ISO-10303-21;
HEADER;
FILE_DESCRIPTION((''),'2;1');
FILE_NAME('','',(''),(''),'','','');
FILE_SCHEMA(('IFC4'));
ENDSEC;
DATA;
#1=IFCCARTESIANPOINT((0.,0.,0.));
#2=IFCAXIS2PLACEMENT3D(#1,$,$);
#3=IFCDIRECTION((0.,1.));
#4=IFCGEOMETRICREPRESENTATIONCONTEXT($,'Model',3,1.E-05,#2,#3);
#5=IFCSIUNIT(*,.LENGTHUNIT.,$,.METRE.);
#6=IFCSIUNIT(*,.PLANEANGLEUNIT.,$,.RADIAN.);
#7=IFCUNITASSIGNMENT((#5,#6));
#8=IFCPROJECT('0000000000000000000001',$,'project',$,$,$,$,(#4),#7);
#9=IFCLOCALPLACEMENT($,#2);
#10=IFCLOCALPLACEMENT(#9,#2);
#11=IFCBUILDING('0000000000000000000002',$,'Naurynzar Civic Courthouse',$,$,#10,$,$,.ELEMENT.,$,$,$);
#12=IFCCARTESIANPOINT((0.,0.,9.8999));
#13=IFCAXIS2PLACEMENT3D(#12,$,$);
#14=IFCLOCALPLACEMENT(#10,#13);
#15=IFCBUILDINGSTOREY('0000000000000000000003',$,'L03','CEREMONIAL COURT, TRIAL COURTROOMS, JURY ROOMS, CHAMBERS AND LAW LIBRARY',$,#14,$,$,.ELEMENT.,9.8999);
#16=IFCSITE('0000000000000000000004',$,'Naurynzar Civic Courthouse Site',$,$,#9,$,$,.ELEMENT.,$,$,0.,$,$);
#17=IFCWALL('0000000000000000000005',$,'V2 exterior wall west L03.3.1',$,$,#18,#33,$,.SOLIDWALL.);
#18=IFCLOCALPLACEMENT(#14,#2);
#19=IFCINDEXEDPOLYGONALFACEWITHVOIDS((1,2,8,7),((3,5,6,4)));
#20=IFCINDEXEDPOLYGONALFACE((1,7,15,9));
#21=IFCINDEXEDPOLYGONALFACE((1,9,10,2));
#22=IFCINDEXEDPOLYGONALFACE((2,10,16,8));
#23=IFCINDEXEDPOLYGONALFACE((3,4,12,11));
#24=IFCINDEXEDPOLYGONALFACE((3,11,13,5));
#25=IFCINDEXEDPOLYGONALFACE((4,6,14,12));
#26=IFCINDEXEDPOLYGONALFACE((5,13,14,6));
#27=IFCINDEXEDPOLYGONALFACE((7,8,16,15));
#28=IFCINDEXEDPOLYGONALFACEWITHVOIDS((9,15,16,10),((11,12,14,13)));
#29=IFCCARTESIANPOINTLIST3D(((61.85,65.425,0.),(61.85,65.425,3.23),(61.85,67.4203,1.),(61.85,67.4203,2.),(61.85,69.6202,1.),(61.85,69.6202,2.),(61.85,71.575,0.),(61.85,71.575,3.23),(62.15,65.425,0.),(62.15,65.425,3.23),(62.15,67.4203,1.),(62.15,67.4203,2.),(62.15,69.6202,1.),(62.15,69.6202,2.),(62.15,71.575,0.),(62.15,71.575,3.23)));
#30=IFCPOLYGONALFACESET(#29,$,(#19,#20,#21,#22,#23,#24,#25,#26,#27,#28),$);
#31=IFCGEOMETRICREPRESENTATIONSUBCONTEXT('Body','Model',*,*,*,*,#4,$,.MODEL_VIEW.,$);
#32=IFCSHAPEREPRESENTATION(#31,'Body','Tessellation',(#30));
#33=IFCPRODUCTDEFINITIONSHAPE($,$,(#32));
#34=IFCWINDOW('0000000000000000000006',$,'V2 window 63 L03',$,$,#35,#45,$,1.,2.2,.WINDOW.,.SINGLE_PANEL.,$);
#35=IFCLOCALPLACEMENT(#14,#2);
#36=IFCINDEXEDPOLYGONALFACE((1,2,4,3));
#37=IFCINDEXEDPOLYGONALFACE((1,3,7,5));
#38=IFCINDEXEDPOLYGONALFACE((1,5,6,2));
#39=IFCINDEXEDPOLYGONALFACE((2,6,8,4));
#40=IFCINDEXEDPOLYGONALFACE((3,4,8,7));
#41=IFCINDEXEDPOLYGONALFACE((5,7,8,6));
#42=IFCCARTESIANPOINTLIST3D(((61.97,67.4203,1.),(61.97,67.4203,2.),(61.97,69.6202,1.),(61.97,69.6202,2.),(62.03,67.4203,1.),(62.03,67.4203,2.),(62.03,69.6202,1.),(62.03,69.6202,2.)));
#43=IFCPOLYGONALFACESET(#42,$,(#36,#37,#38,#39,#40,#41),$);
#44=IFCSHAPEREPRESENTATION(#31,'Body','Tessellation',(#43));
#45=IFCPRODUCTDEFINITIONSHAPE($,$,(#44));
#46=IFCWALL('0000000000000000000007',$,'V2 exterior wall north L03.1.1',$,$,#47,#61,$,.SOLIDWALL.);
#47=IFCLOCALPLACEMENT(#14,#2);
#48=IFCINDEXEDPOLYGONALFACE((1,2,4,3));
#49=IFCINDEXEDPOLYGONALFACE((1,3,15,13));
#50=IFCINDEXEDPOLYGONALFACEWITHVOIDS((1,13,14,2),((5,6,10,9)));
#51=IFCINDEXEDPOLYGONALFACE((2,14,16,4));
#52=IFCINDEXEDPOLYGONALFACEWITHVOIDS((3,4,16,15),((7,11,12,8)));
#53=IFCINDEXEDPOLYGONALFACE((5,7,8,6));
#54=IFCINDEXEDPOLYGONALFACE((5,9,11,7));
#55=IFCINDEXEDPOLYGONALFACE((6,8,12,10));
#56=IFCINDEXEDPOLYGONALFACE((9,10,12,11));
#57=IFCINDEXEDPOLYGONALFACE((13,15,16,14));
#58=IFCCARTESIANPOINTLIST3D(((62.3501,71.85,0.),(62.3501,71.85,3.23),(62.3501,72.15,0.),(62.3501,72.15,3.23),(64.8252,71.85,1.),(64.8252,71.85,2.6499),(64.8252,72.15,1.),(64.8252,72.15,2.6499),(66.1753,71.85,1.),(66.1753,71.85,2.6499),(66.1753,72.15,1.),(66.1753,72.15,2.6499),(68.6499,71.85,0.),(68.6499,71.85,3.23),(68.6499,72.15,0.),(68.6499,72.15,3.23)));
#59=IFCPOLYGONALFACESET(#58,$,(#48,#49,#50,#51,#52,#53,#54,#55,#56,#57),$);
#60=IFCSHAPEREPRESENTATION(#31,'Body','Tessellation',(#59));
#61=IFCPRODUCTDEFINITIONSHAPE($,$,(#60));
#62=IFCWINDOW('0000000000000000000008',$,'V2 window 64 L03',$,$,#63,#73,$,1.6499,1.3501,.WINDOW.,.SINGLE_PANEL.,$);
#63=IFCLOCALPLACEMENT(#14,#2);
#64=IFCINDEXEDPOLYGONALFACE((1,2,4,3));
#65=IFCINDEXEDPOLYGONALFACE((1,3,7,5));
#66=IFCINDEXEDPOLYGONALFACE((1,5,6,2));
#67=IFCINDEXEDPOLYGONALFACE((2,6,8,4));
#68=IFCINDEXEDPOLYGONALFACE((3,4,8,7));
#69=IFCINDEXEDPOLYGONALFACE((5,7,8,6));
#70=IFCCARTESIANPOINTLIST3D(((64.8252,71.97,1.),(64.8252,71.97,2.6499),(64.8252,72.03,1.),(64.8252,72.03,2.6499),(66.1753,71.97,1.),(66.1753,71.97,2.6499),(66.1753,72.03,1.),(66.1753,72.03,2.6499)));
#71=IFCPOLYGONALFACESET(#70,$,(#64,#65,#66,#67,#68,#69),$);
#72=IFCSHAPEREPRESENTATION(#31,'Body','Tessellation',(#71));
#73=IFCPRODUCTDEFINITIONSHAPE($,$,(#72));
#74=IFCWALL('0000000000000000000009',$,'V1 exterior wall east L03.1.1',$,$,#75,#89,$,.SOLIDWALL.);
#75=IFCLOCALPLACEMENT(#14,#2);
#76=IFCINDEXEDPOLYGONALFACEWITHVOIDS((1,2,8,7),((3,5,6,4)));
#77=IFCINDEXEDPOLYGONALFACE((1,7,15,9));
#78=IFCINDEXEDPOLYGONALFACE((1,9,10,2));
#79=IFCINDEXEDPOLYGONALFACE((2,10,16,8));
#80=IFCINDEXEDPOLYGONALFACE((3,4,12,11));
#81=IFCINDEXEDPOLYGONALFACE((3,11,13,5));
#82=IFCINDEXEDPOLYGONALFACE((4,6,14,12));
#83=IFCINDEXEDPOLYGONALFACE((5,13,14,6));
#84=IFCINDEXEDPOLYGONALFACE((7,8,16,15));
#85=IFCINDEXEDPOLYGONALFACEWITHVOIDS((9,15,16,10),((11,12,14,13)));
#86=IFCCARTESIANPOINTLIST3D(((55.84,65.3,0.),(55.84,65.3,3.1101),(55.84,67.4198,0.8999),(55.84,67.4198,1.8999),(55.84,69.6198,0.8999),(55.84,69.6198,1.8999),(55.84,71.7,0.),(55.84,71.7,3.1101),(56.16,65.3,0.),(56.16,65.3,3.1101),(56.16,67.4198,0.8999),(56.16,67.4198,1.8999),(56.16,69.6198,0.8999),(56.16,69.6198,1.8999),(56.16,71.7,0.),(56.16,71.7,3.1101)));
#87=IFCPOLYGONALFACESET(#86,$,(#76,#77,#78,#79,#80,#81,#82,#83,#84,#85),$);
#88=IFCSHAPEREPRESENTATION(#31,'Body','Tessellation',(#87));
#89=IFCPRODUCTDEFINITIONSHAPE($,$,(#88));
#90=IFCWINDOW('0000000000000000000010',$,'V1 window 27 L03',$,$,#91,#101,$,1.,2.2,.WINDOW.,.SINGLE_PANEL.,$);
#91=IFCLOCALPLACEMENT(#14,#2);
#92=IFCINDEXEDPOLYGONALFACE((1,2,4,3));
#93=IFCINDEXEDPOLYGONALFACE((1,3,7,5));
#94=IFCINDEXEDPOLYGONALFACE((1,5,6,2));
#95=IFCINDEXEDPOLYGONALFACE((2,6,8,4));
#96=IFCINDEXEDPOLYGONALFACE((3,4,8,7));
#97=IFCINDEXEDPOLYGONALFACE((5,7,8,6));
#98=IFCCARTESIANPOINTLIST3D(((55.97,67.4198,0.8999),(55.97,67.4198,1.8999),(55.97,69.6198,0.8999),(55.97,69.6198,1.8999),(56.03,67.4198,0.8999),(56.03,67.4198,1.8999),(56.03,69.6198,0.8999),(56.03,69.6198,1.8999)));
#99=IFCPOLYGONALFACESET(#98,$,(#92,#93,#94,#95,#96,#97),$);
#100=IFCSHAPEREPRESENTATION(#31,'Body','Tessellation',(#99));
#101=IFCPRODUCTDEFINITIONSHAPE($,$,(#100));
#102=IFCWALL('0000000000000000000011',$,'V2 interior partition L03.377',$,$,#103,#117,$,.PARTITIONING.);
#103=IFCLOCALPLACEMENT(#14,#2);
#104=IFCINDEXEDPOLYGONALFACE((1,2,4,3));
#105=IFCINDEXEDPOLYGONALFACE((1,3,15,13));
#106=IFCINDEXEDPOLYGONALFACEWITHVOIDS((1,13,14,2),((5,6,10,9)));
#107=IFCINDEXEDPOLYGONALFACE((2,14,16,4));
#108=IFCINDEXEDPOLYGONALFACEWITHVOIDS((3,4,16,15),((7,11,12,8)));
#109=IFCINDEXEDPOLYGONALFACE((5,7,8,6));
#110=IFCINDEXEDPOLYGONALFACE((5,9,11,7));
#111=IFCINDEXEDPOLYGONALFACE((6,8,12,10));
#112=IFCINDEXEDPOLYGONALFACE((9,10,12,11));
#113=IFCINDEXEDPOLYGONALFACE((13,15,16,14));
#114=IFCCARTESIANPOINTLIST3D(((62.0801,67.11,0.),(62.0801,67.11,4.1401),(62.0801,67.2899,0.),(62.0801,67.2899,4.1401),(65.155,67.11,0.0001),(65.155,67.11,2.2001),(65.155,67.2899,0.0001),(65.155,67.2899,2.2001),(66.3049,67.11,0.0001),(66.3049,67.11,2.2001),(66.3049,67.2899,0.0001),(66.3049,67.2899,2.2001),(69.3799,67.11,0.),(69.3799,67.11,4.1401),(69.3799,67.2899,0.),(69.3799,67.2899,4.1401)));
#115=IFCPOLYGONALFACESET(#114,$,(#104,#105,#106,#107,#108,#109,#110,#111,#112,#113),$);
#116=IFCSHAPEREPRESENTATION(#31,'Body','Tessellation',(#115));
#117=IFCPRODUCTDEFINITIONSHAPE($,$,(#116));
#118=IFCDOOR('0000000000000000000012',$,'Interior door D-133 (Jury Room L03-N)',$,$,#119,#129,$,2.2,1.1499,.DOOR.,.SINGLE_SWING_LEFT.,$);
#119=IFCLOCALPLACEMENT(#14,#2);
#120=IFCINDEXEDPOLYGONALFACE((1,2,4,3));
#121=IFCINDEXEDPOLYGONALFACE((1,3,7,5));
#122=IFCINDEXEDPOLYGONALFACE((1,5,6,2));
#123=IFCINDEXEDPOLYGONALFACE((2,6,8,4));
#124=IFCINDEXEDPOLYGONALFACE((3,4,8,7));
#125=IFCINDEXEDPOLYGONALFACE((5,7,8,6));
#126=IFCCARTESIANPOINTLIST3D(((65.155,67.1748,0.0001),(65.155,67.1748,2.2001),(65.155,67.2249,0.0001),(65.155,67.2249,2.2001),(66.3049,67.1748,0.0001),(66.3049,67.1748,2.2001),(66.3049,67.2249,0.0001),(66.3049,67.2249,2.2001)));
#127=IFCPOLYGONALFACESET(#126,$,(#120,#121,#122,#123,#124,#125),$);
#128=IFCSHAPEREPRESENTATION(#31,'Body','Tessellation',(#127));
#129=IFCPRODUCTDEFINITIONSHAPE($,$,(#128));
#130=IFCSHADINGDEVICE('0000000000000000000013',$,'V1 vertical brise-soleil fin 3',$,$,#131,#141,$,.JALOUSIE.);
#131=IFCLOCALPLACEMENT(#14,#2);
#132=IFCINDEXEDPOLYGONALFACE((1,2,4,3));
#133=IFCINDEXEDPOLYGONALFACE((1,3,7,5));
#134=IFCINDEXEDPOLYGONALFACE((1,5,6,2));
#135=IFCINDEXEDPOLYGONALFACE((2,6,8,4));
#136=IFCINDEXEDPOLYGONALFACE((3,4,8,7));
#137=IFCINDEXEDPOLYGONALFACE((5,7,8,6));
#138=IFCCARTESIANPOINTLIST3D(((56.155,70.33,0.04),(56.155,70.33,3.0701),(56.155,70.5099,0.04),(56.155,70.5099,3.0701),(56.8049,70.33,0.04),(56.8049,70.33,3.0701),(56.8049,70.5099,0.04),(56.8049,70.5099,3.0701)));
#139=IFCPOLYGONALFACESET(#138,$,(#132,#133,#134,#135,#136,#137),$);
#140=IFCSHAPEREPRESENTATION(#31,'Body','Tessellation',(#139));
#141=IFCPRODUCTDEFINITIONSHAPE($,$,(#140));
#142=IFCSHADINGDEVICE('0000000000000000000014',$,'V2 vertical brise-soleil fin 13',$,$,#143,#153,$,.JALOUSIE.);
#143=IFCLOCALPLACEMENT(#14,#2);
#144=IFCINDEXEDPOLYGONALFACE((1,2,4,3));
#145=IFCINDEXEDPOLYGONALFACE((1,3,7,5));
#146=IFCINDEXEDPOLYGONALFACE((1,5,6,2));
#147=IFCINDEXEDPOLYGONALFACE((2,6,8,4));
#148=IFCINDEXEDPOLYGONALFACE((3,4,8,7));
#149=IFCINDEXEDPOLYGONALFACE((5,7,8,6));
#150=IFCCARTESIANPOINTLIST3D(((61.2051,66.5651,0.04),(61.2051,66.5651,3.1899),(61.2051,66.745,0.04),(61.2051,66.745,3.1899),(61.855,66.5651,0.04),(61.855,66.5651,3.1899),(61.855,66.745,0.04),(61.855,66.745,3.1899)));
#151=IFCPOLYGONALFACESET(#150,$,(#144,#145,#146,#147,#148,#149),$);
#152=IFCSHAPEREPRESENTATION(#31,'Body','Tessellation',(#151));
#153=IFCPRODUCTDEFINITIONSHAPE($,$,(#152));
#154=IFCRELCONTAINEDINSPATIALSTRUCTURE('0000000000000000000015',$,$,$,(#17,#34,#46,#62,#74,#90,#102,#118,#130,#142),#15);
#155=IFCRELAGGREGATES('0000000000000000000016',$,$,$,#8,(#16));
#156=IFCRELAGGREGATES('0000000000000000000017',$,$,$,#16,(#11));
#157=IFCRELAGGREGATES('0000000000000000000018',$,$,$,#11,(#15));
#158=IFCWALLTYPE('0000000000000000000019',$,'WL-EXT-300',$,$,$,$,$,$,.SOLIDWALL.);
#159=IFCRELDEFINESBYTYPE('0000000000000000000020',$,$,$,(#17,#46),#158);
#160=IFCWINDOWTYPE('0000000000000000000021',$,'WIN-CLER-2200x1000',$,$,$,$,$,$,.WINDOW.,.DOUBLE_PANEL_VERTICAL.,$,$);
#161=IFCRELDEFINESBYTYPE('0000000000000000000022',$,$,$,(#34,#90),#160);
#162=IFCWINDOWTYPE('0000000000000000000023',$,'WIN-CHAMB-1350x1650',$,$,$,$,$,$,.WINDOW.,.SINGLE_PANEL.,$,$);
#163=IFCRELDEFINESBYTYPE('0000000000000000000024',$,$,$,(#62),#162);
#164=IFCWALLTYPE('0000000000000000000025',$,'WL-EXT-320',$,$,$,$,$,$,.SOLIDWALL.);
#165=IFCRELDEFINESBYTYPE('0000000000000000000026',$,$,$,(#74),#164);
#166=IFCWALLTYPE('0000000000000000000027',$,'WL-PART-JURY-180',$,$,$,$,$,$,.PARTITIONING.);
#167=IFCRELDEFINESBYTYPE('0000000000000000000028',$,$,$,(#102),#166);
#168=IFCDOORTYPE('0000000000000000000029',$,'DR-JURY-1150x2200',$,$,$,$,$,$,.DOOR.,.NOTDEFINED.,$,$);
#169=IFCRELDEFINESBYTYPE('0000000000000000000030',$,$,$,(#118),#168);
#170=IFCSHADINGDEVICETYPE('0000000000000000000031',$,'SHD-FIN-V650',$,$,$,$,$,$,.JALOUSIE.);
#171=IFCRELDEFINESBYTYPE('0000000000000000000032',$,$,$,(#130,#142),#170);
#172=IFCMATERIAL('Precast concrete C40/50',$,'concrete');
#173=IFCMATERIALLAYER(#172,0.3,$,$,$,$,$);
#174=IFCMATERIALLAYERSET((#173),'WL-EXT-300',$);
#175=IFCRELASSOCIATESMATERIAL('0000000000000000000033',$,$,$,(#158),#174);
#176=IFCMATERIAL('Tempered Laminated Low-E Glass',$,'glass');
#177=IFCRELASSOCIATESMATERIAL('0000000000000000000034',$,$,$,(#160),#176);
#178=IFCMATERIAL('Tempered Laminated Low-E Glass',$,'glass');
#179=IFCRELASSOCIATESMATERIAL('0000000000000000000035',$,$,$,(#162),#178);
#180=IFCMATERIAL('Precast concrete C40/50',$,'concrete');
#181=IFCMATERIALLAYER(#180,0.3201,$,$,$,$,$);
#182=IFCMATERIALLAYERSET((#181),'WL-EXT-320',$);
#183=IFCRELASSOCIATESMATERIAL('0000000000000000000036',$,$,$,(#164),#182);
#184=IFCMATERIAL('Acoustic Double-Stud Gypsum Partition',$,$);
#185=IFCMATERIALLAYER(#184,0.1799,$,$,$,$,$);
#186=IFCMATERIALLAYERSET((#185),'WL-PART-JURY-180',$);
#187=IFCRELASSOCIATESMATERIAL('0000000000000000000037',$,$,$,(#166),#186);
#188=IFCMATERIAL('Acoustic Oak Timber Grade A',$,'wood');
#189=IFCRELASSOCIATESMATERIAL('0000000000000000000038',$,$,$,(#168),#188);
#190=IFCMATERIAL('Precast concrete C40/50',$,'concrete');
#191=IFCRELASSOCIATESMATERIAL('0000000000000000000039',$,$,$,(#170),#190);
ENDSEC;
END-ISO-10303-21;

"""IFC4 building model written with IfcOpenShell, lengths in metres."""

from ifc_helpers import new_model, si_unit, direction, frame, frame_2d, origin, origin_2d, place, context, subcontext, project, spatial, rectangle, extrude, material, layer, layer_set, type_object, element, fill, save


model = new_model("IFC4")

# Units and contexts
model_context = context("Model", 3, precision=1e-05, world=origin(), true_north=direction((0.0, 1.0)))
body_context = subcontext(model_context, "Body", "Model", "MODEL_VIEW")
ifc_project = project(units=[si_unit("LENGTHUNIT", "METRE"), si_unit("PLANEANGLEUNIT", "RADIAN")], contexts=[model_context])

# Site, building, storey
site_placement = place(None, origin())
site = spatial("IfcSite", under=ifc_project, at=site_placement, Name="Naurynzar Civic Courthouse Site", CompositionType="ELEMENT", RefElevation=0.0)
building_placement = place(site_placement, origin())
building = spatial("IfcBuilding", under=site, at=building_placement, Name="Naurynzar Civic Courthouse", CompositionType="ELEMENT")
storey_placement = place(building_placement, frame((0.0, 0.0, 9.8999)))
storey = spatial("IfcBuildingStorey", under=building, at=storey_placement, Name="L03", Description="CEREMONIAL COURT, TRIAL COURTROOMS, JURY ROOMS, CHAMBERS AND LAW LIBRARY", CompositionType="ELEMENT", Elevation=9.8999)

# Walls, openings, windows
ifc_material_1 = material(Name="Precast concrete C40/50", Category="concrete")
ifc_layer_1 = layer(ifc_material_1, 0.3)
ifc_layer_set_1 = layer_set([ifc_layer_1], Name="WL-EXT-300")
wall_type_1 = type_object("IfcWallType", Name="WL-EXT-300", PredefinedType="SOLIDWALL", material=ifc_layer_set_1)
wall_1_placement = place(storey_placement, frame((62.0, 65.425, 0.0), z_axis=(0.0, 0.0, 1.0), x_axis=(0.0, 1.0, 0.0)))
wall_1 = element("IfcWall", 1, at=wall_1_placement, inside=storey, type_object=wall_type_1, Name="V2 exterior wall west L03.3.1", PredefinedType="SOLIDWALL", context=body_context, shape_type="SweptSolid", body=[
    extrude(rectangle(XDim=6.1499, YDim=0.3, at=frame_2d((3.075, 0.0))), origin(), (0.0, 0.0, 1.0), 3.23),
])
opening_1_placement = place(wall_1_placement, frame((1.9951, 0.0, 1.0)))
opening_1 = element("IfcOpeningElement", 2, at=opening_1_placement, cuts=wall_1, PredefinedType="OPENING", context=body_context, shape_type="SweptSolid", body=[
    extrude(rectangle(XDim=2.2, YDim=1.0, at=frame_2d((1.1001, 0.5))), frame((0.0, 0.1599, 0.0), z_axis=(0.0, -1.0, 0.0), x_axis=(1.0, 0.0, 0.0)), (0.0, 0.0, 1.0), 0.3201),
])
ifc_material_2 = material(Name="Tempered Laminated Low-E Glass", Category="glass")
window_type_1 = type_object("IfcWindowType", Name="WIN-CLER-2200x1000", PartitioningType="DOUBLE_PANEL_VERTICAL", PredefinedType="WINDOW", material=ifc_material_2)
window_1_placement = place(opening_1_placement, origin())
window_1 = element("IfcWindow", 3, at=window_1_placement, inside=storey, type_object=window_type_1, Name="V2 window 63 L03", OverallHeight=1.0, OverallWidth=2.2, PartitioningType="SINGLE_PANEL", PredefinedType="WINDOW", context=body_context, shape_type="SweptSolid", body=[
    extrude(rectangle(XDim=2.2, YDim=1.0, at=frame_2d((1.1001, 0.5))), frame((0.0, 0.03, 0.0), z_axis=(0.0, -1.0, 0.0), x_axis=(1.0, 0.0, 0.0)), (0.0, 0.0, 1.0), 0.0601),
])
fill(opening_1, window_1)
wall_2_placement = place(storey_placement, frame((62.3501, 72.0, 0.0), z_axis=(0.0, 0.0, 1.0), x_axis=(1.0, 0.0, 0.0)))
wall_2 = element("IfcWall", 4, at=wall_2_placement, inside=storey, type_object=wall_type_1, Name="V2 exterior wall north L03.1.1", PredefinedType="SOLIDWALL", context=body_context, shape_type="SweptSolid", body=[
    extrude(rectangle(XDim=6.2998, YDim=0.3, at=frame_2d((3.1499, 0.0))), origin(), (0.0, 0.0, 1.0), 3.23),
])
opening_2_placement = place(wall_2_placement, frame((2.4751, 0.0, 1.0)))
opening_2 = element("IfcOpeningElement", 5, at=opening_2_placement, cuts=wall_2, PredefinedType="OPENING", context=body_context, shape_type="SweptSolid", body=[
    extrude(rectangle(XDim=1.3501, YDim=1.6499, at=frame_2d((0.675, 0.825))), frame((0.0, 0.1599, 0.0), z_axis=(0.0, -1.0, 0.0), x_axis=(1.0, 0.0, 0.0)), (0.0, 0.0, 1.0), 0.3201),
])
ifc_material_3 = material(Name="Tempered Laminated Low-E Glass", Category="glass")
window_type_2 = type_object("IfcWindowType", Name="WIN-CHAMB-1350x1650", PartitioningType="SINGLE_PANEL", PredefinedType="WINDOW", material=ifc_material_3)
window_2_placement = place(opening_2_placement, origin())
window_2 = element("IfcWindow", 6, at=window_2_placement, inside=storey, type_object=window_type_2, Name="V2 window 64 L03", OverallHeight=1.6499, OverallWidth=1.3501, PartitioningType="SINGLE_PANEL", PredefinedType="WINDOW", context=body_context, shape_type="SweptSolid", body=[
    extrude(rectangle(XDim=1.3501, YDim=1.6499, at=frame_2d((0.675, 0.825))), frame((0.0, 0.03, 0.0), z_axis=(0.0, -1.0, 0.0), x_axis=(1.0, 0.0, 0.0)), (0.0, 0.0, 1.0), 0.0601),
])
fill(opening_2, window_2)
ifc_material_4 = material(Name="Precast concrete C40/50", Category="concrete")
ifc_layer_2 = layer(ifc_material_4, 0.3201)
ifc_layer_set_2 = layer_set([ifc_layer_2], Name="WL-EXT-320")
wall_type_2 = type_object("IfcWallType", Name="WL-EXT-320", PredefinedType="SOLIDWALL", material=ifc_layer_set_2)
wall_3_placement = place(storey_placement, frame((56.0, 71.7, 0.0), z_axis=(0.0, 0.0, 1.0), x_axis=(0.0, -1.0, 0.0)))
wall_3 = element("IfcWall", 7, at=wall_3_placement, inside=storey, type_object=wall_type_2, Name="V1 exterior wall east L03.1.1", PredefinedType="SOLIDWALL", context=body_context, shape_type="SweptSolid", body=[
    extrude(rectangle(XDim=6.3999, YDim=0.3201, at=frame_2d((3.2, 0.0))), origin(), (0.0, 0.0, 1.0), 3.1101),
])
opening_3_placement = place(wall_3_placement, frame((2.0801, 0.0, 0.8999)))
opening_3 = element("IfcOpeningElement", 8, at=opening_3_placement, cuts=wall_3, PredefinedType="OPENING", context=body_context, shape_type="SweptSolid", body=[
    extrude(rectangle(XDim=2.2, YDim=1.0, at=frame_2d((1.1001, 0.5))), frame((0.0, 0.1699, 0.0), z_axis=(0.0, -1.0, 0.0), x_axis=(1.0, 0.0, 0.0)), (0.0, 0.0, 1.0), 0.3401),
])
window_3_placement = place(opening_3_placement, origin())
window_3 = element("IfcWindow", 9, at=window_3_placement, inside=storey, type_object=window_type_1, Name="V1 window 27 L03", OverallHeight=1.0, OverallWidth=2.2, PartitioningType="SINGLE_PANEL", PredefinedType="WINDOW", context=body_context, shape_type="SweptSolid", body=[
    extrude(rectangle(XDim=2.2, YDim=1.0, at=frame_2d((1.1001, 0.5))), frame((0.0, 0.03, 0.0), z_axis=(0.0, -1.0, 0.0), x_axis=(1.0, 0.0, 0.0)), (0.0, 0.0, 1.0), 0.0601),
])
fill(opening_3, window_3)

# Wall, opening, door
ifc_material_5 = material(Name="Acoustic Double-Stud Gypsum Partition")
ifc_layer_3 = layer(ifc_material_5, 0.1799)
ifc_layer_set_3 = layer_set([ifc_layer_3], Name="WL-PART-JURY-180")
wall_type_3 = type_object("IfcWallType", Name="WL-PART-JURY-180", PredefinedType="PARTITIONING", material=ifc_layer_set_3)
wall_4_placement = place(storey_placement, frame((62.0801, 67.2, 0.0), z_axis=(0.0, 0.0, 1.0), x_axis=(1.0, 0.0, 0.0)))
wall_4 = element("IfcWall", 10, at=wall_4_placement, inside=storey, type_object=wall_type_3, Name="V2 interior partition L03.377", PredefinedType="PARTITIONING", context=body_context, shape_type="SweptSolid", body=[
    extrude(rectangle(XDim=7.2998, YDim=0.1799, at=frame_2d((3.6499, 0.0))), origin(), (0.0, 0.0, 1.0), 4.1401),
])
opening_4_placement = place(wall_4_placement, frame((3.075, 0.0, 0.0)))
opening_4 = element("IfcOpeningElement", 11, at=opening_4_placement, cuts=wall_4, PredefinedType="OPENING", context=body_context, shape_type="SweptSolid", body=[
    extrude(rectangle(XDim=1.1499, YDim=2.2, at=frame_2d((0.575, 1.1001))), frame((0.0, 0.0999, 0.0), z_axis=(0.0, -1.0, 0.0), x_axis=(1.0, 0.0, 0.0)), (0.0, 0.0, 1.0), 0.2),
])
ifc_material_6 = material(Name="Acoustic Oak Timber Grade A", Category="wood")
door_type = type_object("IfcDoorType", Name="DR-JURY-1150x2200", OperationType="NOTDEFINED", PredefinedType="DOOR", material=ifc_material_6)
door_placement = place(opening_4_placement, origin())
door = element("IfcDoor", 12, at=door_placement, inside=storey, type_object=door_type, Name="Interior door D-133 (Jury Room L03-N)", OperationType="SINGLE_SWING_LEFT", OverallHeight=2.2, OverallWidth=1.1499, PredefinedType="DOOR", context=body_context, shape_type="SweptSolid", body=[
    extrude(rectangle(XDim=1.1499, YDim=2.2, at=frame_2d((0.575, 1.1001))), frame((0.0, 0.0249, 0.0), z_axis=(0.0, -1.0, 0.0), x_axis=(1.0, 0.0, 0.0)), (0.0, 0.0, 1.0), 0.05),
])
fill(opening_4, door)

# Shading devices
ifc_material_7 = material(Name="Precast concrete C40/50", Category="concrete")
shading_device_type = type_object("IfcShadingDeviceType", Name="SHD-FIN-V650", PredefinedType="JALOUSIE", material=ifc_material_7)
shading_device_1_placement = place(storey_placement, frame((56.48, 70.4199, 0.04), z_axis=(0.0, 0.0, 1.0), x_axis=(0.0, -1.0, 0.0)))
element("IfcShadingDevice", 13, at=shading_device_1_placement, inside=storey, type_object=shading_device_type, Name="V1 vertical brise-soleil fin 3", PredefinedType="JALOUSIE", context=body_context, shape_type="SweptSolid", body=[
    extrude(rectangle(XDim=0.1799, YDim=0.6499, at=origin_2d()), origin(), (0.0, 0.0, 1.0), 3.03),
])
shading_device_2_placement = place(storey_placement, frame((61.53, 66.655, 0.04), z_axis=(0.0, 0.0, 1.0), x_axis=(0.0, 1.0, 0.0)))
element("IfcShadingDevice", 14, at=shading_device_2_placement, inside=storey, type_object=shading_device_type, Name="V2 vertical brise-soleil fin 13", PredefinedType="JALOUSIE", context=body_context, shape_type="SweptSolid", body=[
    extrude(rectangle(XDim=0.1799, YDim=0.6499, at=origin_2d()), origin(), (0.0, 0.0, 1.0), 3.1499),
])

save(model, "model.ifc")
